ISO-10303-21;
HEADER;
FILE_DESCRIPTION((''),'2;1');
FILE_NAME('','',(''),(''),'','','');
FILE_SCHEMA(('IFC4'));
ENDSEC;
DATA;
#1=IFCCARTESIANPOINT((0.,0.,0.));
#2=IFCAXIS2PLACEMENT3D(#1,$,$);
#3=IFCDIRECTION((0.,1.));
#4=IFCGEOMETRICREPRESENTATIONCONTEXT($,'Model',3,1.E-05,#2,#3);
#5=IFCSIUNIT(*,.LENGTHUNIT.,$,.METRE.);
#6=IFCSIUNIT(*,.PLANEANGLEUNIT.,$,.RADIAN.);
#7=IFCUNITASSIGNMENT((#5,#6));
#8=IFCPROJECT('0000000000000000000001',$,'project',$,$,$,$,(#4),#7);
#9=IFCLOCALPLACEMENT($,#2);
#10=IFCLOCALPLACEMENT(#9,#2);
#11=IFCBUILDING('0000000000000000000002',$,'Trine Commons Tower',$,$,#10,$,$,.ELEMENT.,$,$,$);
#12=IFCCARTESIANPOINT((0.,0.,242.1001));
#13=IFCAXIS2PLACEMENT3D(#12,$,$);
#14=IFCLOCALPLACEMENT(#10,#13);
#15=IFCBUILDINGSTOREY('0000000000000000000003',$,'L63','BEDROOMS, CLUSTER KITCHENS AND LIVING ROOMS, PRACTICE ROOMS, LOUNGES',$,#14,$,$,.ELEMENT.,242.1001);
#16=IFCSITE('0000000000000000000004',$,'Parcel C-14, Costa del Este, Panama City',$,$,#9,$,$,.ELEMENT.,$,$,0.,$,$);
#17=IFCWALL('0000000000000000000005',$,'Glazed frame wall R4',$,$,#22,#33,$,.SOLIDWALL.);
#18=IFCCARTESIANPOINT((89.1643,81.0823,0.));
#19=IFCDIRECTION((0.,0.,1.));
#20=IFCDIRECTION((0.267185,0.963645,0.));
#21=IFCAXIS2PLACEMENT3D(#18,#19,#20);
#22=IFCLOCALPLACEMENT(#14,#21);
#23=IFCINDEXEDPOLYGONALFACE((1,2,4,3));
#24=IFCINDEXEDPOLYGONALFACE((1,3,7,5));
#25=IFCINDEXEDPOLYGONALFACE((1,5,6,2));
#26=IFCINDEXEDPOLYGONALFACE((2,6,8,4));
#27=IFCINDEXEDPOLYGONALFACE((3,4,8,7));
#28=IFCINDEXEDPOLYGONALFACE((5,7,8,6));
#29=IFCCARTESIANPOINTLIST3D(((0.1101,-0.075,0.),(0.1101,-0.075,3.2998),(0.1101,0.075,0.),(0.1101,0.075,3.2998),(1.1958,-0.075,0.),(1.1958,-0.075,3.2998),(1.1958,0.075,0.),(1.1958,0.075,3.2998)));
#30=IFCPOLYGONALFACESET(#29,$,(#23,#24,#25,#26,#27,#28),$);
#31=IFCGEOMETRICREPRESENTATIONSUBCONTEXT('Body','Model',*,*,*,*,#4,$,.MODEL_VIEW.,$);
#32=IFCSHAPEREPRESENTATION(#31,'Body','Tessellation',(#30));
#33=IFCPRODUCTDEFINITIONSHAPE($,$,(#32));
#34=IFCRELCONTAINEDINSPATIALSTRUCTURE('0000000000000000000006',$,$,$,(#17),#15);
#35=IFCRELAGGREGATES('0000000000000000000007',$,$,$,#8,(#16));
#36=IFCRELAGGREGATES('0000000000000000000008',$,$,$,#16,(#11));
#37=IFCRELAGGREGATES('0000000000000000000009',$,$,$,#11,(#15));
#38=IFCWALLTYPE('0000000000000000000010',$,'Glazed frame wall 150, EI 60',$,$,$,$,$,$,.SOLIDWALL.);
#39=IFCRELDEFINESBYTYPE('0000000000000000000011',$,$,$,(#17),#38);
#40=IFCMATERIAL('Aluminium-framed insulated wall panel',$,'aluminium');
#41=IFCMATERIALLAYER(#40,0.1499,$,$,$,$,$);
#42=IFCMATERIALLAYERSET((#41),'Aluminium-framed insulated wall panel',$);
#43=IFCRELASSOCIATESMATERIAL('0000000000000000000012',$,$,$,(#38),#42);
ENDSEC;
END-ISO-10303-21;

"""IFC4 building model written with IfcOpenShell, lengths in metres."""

from ifc_helpers import new_model, si_unit, direction, frame, origin, place, context, subcontext, project, spatial, polyline, outline, extrude, material, layer, layer_set, type_object, element, save


model = new_model("IFC4")

# Units and contexts
model_context = context("Model", 3, precision=1e-05, world=origin(), true_north=direction((0.0, 1.0)))
body_context = subcontext(model_context, "Body", "Model", "MODEL_VIEW")
ifc_project = project(units=[si_unit("LENGTHUNIT", "METRE"), si_unit("PLANEANGLEUNIT", "RADIAN")], contexts=[model_context])

# Site, building, storey
site_placement = place(None, origin())
site = spatial("IfcSite", under=ifc_project, at=site_placement, Name="Parcel C-14, Costa del Este, Panama City", CompositionType="ELEMENT", RefElevation=0.0)
building_placement = place(site_placement, origin())
building = spatial("IfcBuilding", under=site, at=building_placement, Name="Trine Commons Tower", CompositionType="ELEMENT")
storey_placement = place(building_placement, frame((0.0, 0.0, 242.1001)))
storey = spatial("IfcBuildingStorey", under=building, at=storey_placement, Name="L63", Description="BEDROOMS, CLUSTER KITCHENS AND LIVING ROOMS, PRACTICE ROOMS, LOUNGES", CompositionType="ELEMENT", Elevation=242.1001)

# Shared definitions
ifc_material_1 = material(Name="Aluminium-framed insulated wall panel", Category="aluminium")
ifc_layer_1 = layer(ifc_material_1, 0.1499)
ifc_layer_set_1 = layer_set([ifc_layer_1], Name="Aluminium-framed insulated wall panel")
wall_type_1 = type_object("IfcWallType", Name="Glazed frame wall 150, EI 60", PredefinedType="SOLIDWALL", material=ifc_layer_set_1)

# Wall
wall_1_placement = place(storey_placement, frame((89.1643, 81.0823, 0.0), z_axis=(0.0, 0.0, 1.0), x_axis=(0.267185, 0.963645, 0.0)))
element("IfcWall", 1, at=wall_1_placement, inside=storey, type_object=wall_type_1, Name="Glazed frame wall R4", PredefinedType="SOLIDWALL", context=body_context, shape_type="SweptSolid", body=[
    extrude(outline(polyline([(0.1101, 0.075), (0.1101, -0.075), (1.1958, -0.075), (1.1958, 0.075), (0.1101, 0.075)])), origin(), (0.0, 0.0, 1.0), 3.2998),
])

save(model, "model.ifc")
